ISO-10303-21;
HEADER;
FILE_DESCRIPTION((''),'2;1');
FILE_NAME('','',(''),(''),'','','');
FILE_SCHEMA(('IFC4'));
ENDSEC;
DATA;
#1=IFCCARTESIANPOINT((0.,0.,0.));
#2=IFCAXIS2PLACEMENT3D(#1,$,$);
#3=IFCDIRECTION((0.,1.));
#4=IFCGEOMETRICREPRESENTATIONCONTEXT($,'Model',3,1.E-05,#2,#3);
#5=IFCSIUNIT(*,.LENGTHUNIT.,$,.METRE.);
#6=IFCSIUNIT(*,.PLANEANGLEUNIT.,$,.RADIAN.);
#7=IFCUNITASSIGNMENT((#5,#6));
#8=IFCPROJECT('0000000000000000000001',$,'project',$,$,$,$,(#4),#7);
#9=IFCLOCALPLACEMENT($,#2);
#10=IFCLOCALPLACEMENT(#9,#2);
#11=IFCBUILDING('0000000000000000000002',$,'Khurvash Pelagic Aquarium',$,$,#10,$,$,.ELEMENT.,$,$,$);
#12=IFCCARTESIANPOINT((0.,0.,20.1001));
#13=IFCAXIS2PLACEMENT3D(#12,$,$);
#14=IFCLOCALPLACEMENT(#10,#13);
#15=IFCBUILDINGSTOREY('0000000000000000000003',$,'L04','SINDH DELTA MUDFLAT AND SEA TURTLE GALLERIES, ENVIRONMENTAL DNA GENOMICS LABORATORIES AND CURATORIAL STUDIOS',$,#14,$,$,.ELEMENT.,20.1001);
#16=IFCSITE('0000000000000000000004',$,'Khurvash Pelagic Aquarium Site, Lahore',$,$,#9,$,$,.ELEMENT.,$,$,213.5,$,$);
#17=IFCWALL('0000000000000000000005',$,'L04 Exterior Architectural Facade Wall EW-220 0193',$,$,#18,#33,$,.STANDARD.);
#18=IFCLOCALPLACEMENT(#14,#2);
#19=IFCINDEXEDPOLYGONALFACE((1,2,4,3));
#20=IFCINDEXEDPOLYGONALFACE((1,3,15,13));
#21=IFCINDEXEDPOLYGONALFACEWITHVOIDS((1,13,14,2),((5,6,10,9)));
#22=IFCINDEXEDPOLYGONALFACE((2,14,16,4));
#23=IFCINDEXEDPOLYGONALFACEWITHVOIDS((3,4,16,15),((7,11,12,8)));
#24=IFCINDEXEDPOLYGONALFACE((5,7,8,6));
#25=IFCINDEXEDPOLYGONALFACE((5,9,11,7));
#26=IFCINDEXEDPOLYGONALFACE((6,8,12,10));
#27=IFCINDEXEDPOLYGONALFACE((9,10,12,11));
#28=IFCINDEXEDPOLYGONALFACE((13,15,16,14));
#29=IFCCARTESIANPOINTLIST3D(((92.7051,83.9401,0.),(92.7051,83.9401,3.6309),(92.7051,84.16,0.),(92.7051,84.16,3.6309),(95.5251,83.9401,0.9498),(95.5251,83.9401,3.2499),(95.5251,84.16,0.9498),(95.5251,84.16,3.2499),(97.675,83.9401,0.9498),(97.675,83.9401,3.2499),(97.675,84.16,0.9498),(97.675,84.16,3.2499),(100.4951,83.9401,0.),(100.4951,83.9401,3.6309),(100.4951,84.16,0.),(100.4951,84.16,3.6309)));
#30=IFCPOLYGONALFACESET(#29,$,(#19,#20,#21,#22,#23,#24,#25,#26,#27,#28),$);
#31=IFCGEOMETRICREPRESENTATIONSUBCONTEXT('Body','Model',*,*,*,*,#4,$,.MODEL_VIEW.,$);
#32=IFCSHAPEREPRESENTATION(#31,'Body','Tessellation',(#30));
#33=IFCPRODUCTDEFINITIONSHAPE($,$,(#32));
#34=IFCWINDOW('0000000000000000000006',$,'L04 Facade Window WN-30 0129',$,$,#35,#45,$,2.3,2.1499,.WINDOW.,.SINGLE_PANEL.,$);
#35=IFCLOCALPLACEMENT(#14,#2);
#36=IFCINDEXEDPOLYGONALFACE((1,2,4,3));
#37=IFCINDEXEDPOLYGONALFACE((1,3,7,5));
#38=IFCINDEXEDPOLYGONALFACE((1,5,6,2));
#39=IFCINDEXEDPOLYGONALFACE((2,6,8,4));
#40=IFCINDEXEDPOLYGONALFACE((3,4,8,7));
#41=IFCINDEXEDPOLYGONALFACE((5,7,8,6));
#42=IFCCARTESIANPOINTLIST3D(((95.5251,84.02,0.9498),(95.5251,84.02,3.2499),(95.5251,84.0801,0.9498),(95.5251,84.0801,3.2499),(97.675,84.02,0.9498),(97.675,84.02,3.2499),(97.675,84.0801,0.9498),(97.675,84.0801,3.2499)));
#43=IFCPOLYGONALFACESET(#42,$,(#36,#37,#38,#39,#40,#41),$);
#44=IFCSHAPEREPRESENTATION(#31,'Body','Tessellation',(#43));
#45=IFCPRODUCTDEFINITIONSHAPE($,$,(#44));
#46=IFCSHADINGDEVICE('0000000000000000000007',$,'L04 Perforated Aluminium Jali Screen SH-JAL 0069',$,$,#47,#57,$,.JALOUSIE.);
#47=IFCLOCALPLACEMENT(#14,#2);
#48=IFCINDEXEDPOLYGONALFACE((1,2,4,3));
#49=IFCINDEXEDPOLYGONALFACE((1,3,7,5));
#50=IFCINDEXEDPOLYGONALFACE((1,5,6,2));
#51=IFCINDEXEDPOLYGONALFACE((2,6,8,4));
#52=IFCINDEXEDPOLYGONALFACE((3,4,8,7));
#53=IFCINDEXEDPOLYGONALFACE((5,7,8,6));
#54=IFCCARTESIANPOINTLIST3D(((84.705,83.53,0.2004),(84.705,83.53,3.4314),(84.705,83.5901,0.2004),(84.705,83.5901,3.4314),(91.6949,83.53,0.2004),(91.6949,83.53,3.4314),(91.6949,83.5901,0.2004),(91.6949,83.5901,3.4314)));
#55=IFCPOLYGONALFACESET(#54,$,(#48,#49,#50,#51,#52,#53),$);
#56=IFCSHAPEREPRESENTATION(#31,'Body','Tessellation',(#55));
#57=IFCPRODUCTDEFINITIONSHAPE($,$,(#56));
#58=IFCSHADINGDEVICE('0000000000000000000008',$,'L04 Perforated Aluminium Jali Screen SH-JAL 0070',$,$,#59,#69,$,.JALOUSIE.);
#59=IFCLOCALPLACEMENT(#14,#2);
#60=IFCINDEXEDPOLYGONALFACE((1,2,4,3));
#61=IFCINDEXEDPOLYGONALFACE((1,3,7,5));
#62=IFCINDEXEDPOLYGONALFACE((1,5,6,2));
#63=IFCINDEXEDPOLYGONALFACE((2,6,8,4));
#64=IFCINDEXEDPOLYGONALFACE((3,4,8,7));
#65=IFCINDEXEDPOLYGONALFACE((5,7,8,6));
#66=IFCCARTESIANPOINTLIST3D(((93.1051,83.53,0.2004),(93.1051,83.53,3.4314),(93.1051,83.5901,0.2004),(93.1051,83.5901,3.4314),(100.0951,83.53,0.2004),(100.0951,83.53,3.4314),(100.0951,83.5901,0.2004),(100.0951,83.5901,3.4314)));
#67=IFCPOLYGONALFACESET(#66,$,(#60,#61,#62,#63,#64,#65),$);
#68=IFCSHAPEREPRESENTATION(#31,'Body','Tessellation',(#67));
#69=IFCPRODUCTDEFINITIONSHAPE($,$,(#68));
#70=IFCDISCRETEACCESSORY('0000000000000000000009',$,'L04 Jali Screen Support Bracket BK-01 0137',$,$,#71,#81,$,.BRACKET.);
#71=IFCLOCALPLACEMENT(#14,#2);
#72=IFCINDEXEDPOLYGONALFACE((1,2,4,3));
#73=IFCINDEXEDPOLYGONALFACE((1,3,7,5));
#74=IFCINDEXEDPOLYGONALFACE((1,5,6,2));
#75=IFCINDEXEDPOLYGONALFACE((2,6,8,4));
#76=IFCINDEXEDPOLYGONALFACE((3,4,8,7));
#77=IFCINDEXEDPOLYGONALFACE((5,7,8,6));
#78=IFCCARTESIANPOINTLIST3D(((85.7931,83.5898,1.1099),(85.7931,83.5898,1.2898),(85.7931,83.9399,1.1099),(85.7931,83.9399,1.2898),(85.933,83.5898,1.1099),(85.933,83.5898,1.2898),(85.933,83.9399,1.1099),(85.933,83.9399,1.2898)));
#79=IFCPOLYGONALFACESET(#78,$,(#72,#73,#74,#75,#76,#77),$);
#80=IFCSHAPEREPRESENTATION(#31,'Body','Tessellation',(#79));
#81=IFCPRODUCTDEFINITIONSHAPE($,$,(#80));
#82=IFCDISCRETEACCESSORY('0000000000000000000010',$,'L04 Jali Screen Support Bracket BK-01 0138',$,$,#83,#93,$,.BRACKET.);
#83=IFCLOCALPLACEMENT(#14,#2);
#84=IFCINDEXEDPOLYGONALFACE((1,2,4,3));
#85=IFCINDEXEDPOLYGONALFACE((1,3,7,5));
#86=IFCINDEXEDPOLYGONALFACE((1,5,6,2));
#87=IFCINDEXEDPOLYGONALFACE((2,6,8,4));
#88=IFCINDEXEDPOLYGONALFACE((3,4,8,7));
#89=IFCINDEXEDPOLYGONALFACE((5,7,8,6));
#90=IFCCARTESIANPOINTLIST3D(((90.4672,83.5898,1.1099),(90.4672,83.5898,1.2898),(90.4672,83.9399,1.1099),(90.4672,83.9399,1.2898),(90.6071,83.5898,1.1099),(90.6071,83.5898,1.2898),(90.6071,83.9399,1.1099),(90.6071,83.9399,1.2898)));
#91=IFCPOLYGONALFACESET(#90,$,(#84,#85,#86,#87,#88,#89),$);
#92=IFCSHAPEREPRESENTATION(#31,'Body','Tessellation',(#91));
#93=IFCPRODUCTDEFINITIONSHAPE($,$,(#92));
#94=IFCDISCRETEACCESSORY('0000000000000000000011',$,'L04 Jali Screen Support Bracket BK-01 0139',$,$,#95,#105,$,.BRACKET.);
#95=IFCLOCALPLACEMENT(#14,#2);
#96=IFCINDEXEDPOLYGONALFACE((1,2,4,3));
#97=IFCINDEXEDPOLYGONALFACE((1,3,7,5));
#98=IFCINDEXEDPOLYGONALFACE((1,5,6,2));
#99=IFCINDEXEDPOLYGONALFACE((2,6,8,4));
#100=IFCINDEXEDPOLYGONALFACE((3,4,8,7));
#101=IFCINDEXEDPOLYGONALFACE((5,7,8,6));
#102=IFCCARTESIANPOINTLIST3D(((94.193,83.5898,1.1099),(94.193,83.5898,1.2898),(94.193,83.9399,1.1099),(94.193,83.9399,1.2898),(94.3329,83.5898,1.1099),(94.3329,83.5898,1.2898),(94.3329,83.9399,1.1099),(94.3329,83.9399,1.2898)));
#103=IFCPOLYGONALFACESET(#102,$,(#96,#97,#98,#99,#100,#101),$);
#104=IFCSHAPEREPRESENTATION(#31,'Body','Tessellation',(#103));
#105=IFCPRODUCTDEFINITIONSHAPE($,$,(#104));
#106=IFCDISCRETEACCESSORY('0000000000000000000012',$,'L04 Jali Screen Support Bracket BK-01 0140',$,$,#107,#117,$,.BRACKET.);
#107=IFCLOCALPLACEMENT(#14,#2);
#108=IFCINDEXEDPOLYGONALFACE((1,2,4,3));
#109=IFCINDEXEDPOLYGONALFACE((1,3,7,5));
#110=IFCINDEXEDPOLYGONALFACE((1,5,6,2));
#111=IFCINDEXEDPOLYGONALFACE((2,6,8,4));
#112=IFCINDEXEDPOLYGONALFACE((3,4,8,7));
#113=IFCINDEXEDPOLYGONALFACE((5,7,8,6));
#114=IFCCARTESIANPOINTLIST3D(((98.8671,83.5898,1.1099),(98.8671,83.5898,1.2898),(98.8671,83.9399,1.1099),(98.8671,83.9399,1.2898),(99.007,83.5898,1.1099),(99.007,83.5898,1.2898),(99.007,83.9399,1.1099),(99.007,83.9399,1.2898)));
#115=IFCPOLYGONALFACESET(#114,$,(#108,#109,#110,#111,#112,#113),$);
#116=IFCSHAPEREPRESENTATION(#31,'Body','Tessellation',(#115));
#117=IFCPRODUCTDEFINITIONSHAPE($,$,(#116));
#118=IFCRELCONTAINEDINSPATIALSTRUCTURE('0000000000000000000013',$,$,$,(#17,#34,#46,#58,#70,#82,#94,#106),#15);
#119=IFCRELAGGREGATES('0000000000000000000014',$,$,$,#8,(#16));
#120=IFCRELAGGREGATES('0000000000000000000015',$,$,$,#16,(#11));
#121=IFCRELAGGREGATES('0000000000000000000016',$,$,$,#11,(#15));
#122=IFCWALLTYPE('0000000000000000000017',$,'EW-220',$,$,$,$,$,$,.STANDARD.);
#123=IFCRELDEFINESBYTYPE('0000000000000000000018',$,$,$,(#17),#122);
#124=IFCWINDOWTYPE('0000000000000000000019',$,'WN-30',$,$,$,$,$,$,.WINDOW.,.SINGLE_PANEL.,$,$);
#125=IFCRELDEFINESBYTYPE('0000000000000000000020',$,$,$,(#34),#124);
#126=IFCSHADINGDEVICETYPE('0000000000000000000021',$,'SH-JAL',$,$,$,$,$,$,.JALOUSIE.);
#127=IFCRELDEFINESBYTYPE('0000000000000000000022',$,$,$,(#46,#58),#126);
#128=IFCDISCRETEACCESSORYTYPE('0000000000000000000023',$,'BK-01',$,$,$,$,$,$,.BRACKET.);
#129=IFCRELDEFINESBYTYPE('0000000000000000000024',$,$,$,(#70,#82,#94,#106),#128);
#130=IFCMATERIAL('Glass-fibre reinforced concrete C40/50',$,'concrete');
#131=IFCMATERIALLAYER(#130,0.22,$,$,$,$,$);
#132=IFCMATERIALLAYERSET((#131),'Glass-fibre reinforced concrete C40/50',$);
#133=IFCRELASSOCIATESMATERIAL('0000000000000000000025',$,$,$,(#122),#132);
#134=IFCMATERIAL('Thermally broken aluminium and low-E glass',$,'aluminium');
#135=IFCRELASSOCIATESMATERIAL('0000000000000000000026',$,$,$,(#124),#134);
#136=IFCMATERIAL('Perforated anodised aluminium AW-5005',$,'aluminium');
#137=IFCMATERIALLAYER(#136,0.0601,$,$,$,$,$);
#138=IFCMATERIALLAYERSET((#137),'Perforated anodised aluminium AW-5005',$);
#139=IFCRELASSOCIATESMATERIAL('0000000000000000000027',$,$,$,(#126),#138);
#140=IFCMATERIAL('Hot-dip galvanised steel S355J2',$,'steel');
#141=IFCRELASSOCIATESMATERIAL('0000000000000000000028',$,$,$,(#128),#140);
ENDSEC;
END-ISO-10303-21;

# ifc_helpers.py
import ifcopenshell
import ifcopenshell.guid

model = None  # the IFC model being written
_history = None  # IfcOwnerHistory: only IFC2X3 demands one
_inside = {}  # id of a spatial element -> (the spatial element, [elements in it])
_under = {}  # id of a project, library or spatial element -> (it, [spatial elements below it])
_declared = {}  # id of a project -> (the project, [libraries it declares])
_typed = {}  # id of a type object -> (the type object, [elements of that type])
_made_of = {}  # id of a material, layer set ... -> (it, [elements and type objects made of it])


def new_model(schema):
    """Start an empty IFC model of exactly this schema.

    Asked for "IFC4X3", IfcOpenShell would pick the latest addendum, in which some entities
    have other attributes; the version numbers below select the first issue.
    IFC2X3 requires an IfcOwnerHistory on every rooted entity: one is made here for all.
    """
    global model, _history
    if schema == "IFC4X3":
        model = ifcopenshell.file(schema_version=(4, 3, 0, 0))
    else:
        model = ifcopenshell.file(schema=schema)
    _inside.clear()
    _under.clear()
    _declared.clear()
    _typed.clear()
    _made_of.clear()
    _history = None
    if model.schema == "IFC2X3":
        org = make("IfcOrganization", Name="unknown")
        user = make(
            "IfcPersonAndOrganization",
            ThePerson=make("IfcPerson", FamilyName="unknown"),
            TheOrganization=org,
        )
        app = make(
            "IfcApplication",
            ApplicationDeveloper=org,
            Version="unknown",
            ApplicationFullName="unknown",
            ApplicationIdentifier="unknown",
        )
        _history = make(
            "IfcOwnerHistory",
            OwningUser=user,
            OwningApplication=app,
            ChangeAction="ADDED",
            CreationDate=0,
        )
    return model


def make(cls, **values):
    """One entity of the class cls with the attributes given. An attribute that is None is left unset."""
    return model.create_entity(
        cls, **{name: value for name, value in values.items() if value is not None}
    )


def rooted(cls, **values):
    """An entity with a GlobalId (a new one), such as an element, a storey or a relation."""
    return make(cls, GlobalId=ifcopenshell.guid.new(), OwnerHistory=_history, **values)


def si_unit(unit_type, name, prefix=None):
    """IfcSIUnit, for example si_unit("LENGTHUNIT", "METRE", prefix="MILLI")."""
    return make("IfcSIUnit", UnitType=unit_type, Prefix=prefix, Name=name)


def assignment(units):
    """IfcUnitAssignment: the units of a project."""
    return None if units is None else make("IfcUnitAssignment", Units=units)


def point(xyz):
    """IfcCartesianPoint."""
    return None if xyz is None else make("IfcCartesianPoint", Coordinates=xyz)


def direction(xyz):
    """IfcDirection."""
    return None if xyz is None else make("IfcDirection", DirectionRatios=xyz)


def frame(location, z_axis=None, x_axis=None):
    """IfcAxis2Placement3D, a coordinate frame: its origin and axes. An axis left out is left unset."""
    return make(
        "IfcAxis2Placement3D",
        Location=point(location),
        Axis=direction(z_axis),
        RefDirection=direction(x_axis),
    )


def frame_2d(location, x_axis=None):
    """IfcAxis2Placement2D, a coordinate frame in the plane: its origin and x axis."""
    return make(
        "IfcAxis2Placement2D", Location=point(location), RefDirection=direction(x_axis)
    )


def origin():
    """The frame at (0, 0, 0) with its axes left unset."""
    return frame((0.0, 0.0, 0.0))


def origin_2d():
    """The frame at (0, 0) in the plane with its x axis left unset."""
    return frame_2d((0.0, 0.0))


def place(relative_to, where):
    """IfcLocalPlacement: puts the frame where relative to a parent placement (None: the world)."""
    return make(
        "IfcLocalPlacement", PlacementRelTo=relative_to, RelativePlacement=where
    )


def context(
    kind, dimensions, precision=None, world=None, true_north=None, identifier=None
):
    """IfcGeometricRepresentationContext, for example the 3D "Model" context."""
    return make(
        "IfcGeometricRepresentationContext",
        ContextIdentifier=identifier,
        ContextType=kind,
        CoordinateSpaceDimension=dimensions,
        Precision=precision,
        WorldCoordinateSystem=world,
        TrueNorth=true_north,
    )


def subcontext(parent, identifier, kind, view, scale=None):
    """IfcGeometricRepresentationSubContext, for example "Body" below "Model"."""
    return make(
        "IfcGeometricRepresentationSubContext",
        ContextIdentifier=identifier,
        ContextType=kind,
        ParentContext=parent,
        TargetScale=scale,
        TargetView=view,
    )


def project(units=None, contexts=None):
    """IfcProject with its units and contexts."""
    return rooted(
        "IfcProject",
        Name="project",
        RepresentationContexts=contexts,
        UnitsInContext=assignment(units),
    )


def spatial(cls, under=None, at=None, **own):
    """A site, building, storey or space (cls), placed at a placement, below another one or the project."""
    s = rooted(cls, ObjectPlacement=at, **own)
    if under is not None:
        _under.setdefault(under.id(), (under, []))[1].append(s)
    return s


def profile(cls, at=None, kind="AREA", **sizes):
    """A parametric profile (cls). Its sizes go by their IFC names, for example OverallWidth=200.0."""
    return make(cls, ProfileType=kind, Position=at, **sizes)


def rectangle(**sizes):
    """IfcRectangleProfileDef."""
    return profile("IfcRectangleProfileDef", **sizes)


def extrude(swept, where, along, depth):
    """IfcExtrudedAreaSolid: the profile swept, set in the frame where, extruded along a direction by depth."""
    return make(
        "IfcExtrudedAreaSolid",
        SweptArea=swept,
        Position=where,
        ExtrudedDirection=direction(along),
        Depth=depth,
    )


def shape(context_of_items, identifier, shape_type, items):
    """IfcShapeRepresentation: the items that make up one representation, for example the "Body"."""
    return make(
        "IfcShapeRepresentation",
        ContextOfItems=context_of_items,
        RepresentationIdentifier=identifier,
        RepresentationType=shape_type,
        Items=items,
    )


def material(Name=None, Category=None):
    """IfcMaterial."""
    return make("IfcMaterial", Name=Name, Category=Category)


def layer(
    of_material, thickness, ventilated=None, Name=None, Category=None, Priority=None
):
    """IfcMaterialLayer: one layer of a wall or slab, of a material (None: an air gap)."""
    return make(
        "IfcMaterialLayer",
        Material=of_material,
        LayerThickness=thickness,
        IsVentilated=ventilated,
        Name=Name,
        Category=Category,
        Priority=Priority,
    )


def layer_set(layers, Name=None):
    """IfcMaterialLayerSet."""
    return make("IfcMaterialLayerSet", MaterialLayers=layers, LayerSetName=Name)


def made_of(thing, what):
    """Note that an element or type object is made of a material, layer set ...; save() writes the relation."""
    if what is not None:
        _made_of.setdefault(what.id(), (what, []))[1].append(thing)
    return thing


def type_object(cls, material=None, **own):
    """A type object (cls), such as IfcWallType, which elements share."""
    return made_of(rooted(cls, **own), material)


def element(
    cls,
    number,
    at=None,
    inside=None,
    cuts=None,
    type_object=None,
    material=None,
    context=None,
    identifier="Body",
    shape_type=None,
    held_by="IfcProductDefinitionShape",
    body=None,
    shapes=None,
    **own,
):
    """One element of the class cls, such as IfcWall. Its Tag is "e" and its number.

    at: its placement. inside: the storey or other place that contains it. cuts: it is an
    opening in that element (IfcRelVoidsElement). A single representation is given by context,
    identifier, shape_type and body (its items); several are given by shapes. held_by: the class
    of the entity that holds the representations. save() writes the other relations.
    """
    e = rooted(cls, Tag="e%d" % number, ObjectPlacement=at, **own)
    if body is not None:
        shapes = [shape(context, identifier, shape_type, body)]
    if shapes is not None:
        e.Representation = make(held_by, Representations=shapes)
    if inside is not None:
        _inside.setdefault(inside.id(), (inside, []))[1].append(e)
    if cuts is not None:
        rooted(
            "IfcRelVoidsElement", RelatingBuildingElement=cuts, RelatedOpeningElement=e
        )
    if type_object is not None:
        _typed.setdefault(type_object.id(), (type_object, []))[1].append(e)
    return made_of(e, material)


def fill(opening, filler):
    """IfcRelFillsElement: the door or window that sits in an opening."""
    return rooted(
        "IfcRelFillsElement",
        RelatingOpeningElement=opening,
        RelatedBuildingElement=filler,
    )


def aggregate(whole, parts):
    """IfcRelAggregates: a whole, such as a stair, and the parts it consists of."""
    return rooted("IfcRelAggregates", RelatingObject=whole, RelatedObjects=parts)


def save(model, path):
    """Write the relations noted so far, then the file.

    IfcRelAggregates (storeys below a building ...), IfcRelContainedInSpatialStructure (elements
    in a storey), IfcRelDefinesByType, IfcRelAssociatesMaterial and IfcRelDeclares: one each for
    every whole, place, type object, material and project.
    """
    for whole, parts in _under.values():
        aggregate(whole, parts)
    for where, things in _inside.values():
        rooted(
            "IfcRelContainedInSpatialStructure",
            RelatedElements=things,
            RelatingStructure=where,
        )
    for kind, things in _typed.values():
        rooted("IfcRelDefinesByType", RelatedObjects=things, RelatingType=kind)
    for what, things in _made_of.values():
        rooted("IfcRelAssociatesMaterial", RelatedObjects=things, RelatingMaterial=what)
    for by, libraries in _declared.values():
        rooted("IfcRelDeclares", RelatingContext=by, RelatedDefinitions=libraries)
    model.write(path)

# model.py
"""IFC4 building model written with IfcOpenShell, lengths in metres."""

from ifc_helpers import new_model, si_unit, direction, frame, frame_2d, origin, origin_2d, place, context, subcontext, project, spatial, rectangle, extrude, material, layer, layer_set, type_object, element, fill, save


model = new_model("IFC4")

# Units and contexts
model_context = context("Model", 3, precision=1e-05, world=origin(), true_north=direction((0.0, 1.0)))
body_context = subcontext(model_context, "Body", "Model", "MODEL_VIEW")
ifc_project = project(units=[si_unit("LENGTHUNIT", "METRE"), si_unit("PLANEANGLEUNIT", "RADIAN")], contexts=[model_context])

# Site, building, storey
site_placement = place(None, origin())
site = spatial("IfcSite", under=ifc_project, at=site_placement, Name="Khurvash Pelagic Aquarium Site, Lahore", CompositionType="ELEMENT", RefElevation=213.5)
building_placement = place(site_placement, origin())
building = spatial("IfcBuilding", under=site, at=building_placement, Name="Khurvash Pelagic Aquarium", CompositionType="ELEMENT")
storey_placement = place(building_placement, frame((0.0, 0.0, 20.1001)))
storey = spatial("IfcBuildingStorey", under=building, at=storey_placement, Name="L04", Description="SINDH DELTA MUDFLAT AND SEA TURTLE GALLERIES, ENVIRONMENTAL DNA GENOMICS LABORATORIES AND CURATORIAL STUDIOS", CompositionType="ELEMENT", Elevation=20.1001)

# Wall, opening, window
ifc_material_1 = material(Name="Glass-fibre reinforced concrete C40/50", Category="concrete")
ifc_layer_1 = layer(ifc_material_1, 0.22)
ifc_layer_set_1 = layer_set([ifc_layer_1], Name="Glass-fibre reinforced concrete C40/50")
wall_type = type_object("IfcWallType", Name="EW-220", PredefinedType="STANDARD", material=ifc_layer_set_1)
ifc_material_2 = material(Name="Thermally broken aluminium and low-E glass", Category="aluminium")
wall_1_placement = place(storey_placement, frame((92.7051, 84.05, 0.0), z_axis=(0.0, 0.0, 1.0), x_axis=(1.0, 0.0, 0.0)))
wall_1 = element("IfcWall", 1, at=wall_1_placement, inside=storey, type_object=wall_type, Name="L04 Exterior Architectural Facade Wall EW-220 0193", PredefinedType="STANDARD", context=body_context, shape_type="SweptSolid", body=[
    extrude(rectangle(XDim=7.79, YDim=0.22, at=frame_2d((3.895, 0.0))), origin(), (0.0, 0.0, 1.0), 3.6309),
])
opening_1_placement = place(wall_1_placement, frame((2.8201, 0.0, 0.95)))
opening_1 = element("IfcOpeningElement", 2, at=opening_1_placement, cuts=wall_1, PredefinedType="OPENING", context=body_context, shape_type="SweptSolid", body=[
    extrude(rectangle(XDim=2.1499, YDim=2.3, at=frame_2d((1.075, 1.1499))), frame((0.0, 0.1201, 0.0), z_axis=(0.0, -1.0, 0.0), x_axis=(1.0, 0.0, 0.0)), (0.0, 0.0, 1.0), 0.24),
])
window_type_1 = type_object("IfcWindowType", Name="WN-30", PartitioningType="SINGLE_PANEL", PredefinedType="WINDOW", material=ifc_material_2)
window_1_placement = place(opening_1_placement, origin())
window_1 = element("IfcWindow", 3, at=window_1_placement, inside=storey, type_object=window_type_1, Name="L04 Facade Window WN-30 0129", OverallHeight=2.3, OverallWidth=2.1499, PartitioningType="SINGLE_PANEL", PredefinedType="WINDOW", context=body_context, shape_type="SweptSolid", body=[
    extrude(rectangle(XDim=2.1499, YDim=2.3, at=frame_2d((1.075, 1.1499))), frame((0.0, 0.03, 0.0), z_axis=(0.0, -1.0, 0.0), x_axis=(1.0, 0.0, 0.0)), (0.0, 0.0, 1.0), 0.0601),
])
fill(opening_1, window_1)

# Shading devices
ifc_material_3 = material(Name="Perforated anodised aluminium AW-5005", Category="aluminium")
ifc_layer_2 = layer(ifc_material_3, 0.0601)
ifc_layer_set_2 = layer_set([ifc_layer_2], Name="Perforated anodised aluminium AW-5005")
shading_device_type = type_object("IfcShadingDeviceType", Name="SH-JAL", PredefinedType="JALOUSIE", material=ifc_layer_set_2)
for number, where, z_axis, x_axis, name in (
    (4, (88.2, 83.5601, 0.2004), (0.0, 0.0, 1.0), (1.0, 0.0, 0.0), "L04 Perforated Aluminium Jali Screen SH-JAL 0069"),
    (5, (96.6001, 83.5601, 0.2004), (0.0, 0.0, 1.0), (1.0, 0.0, 0.0), "L04 Perforated Aluminium Jali Screen SH-JAL 0070"),
):
    element("IfcShadingDevice", number, at=place(storey_placement, frame(where, z_axis=z_axis, x_axis=x_axis)), inside=storey, type_object=shading_device_type, Name=name, PredefinedType="JALOUSIE", context=body_context, shape_type="SweptSolid", body=[
        extrude(rectangle(XDim=6.99, YDim=0.0601, at=origin_2d()), origin(), (0.0, 0.0, 1.0), 3.231),
    ])

# Discrete accessories
ifc_material_4 = material(Name="Hot-dip galvanised steel S355J2", Category="steel")
discrete_accessory_type = type_object("IfcDiscreteAccessoryType", Name="BK-01", PredefinedType="BRACKET", material=ifc_material_4)
for number, where, z_axis, x_axis, name in (
    (6, (85.863, 83.7649, 1.1099), (0.0, 0.0, 1.0), (1.0, 0.0, 0.0), "L04 Jali Screen Support Bracket BK-01 0137"),
    (7, (90.5371, 83.7649, 1.1099), (0.0, 0.0, 1.0), (1.0, 0.0, 0.0), "L04 Jali Screen Support Bracket BK-01 0138"),
    (8, (94.2629, 83.7649, 1.1099), (0.0, 0.0, 1.0), (1.0, 0.0, 0.0), "L04 Jali Screen Support Bracket BK-01 0139"),
    (9, (98.937, 83.7649, 1.1099), (0.0, 0.0, 1.0), (1.0, 0.0, 0.0), "L04 Jali Screen Support Bracket BK-01 0140"),
):
    element("IfcDiscreteAccessory", number, at=place(storey_placement, frame(where, z_axis=z_axis, x_axis=x_axis)), inside=storey, type_object=discrete_accessory_type, Name=name, PredefinedType="BRACKET", context=body_context, shape_type="SweptSolid", body=[
        extrude(rectangle(XDim=0.1399, YDim=0.3501, at=origin_2d()), origin(), (0.0, 0.0, 1.0), 0.1799),
    ])

save(model, "model.ifc")
